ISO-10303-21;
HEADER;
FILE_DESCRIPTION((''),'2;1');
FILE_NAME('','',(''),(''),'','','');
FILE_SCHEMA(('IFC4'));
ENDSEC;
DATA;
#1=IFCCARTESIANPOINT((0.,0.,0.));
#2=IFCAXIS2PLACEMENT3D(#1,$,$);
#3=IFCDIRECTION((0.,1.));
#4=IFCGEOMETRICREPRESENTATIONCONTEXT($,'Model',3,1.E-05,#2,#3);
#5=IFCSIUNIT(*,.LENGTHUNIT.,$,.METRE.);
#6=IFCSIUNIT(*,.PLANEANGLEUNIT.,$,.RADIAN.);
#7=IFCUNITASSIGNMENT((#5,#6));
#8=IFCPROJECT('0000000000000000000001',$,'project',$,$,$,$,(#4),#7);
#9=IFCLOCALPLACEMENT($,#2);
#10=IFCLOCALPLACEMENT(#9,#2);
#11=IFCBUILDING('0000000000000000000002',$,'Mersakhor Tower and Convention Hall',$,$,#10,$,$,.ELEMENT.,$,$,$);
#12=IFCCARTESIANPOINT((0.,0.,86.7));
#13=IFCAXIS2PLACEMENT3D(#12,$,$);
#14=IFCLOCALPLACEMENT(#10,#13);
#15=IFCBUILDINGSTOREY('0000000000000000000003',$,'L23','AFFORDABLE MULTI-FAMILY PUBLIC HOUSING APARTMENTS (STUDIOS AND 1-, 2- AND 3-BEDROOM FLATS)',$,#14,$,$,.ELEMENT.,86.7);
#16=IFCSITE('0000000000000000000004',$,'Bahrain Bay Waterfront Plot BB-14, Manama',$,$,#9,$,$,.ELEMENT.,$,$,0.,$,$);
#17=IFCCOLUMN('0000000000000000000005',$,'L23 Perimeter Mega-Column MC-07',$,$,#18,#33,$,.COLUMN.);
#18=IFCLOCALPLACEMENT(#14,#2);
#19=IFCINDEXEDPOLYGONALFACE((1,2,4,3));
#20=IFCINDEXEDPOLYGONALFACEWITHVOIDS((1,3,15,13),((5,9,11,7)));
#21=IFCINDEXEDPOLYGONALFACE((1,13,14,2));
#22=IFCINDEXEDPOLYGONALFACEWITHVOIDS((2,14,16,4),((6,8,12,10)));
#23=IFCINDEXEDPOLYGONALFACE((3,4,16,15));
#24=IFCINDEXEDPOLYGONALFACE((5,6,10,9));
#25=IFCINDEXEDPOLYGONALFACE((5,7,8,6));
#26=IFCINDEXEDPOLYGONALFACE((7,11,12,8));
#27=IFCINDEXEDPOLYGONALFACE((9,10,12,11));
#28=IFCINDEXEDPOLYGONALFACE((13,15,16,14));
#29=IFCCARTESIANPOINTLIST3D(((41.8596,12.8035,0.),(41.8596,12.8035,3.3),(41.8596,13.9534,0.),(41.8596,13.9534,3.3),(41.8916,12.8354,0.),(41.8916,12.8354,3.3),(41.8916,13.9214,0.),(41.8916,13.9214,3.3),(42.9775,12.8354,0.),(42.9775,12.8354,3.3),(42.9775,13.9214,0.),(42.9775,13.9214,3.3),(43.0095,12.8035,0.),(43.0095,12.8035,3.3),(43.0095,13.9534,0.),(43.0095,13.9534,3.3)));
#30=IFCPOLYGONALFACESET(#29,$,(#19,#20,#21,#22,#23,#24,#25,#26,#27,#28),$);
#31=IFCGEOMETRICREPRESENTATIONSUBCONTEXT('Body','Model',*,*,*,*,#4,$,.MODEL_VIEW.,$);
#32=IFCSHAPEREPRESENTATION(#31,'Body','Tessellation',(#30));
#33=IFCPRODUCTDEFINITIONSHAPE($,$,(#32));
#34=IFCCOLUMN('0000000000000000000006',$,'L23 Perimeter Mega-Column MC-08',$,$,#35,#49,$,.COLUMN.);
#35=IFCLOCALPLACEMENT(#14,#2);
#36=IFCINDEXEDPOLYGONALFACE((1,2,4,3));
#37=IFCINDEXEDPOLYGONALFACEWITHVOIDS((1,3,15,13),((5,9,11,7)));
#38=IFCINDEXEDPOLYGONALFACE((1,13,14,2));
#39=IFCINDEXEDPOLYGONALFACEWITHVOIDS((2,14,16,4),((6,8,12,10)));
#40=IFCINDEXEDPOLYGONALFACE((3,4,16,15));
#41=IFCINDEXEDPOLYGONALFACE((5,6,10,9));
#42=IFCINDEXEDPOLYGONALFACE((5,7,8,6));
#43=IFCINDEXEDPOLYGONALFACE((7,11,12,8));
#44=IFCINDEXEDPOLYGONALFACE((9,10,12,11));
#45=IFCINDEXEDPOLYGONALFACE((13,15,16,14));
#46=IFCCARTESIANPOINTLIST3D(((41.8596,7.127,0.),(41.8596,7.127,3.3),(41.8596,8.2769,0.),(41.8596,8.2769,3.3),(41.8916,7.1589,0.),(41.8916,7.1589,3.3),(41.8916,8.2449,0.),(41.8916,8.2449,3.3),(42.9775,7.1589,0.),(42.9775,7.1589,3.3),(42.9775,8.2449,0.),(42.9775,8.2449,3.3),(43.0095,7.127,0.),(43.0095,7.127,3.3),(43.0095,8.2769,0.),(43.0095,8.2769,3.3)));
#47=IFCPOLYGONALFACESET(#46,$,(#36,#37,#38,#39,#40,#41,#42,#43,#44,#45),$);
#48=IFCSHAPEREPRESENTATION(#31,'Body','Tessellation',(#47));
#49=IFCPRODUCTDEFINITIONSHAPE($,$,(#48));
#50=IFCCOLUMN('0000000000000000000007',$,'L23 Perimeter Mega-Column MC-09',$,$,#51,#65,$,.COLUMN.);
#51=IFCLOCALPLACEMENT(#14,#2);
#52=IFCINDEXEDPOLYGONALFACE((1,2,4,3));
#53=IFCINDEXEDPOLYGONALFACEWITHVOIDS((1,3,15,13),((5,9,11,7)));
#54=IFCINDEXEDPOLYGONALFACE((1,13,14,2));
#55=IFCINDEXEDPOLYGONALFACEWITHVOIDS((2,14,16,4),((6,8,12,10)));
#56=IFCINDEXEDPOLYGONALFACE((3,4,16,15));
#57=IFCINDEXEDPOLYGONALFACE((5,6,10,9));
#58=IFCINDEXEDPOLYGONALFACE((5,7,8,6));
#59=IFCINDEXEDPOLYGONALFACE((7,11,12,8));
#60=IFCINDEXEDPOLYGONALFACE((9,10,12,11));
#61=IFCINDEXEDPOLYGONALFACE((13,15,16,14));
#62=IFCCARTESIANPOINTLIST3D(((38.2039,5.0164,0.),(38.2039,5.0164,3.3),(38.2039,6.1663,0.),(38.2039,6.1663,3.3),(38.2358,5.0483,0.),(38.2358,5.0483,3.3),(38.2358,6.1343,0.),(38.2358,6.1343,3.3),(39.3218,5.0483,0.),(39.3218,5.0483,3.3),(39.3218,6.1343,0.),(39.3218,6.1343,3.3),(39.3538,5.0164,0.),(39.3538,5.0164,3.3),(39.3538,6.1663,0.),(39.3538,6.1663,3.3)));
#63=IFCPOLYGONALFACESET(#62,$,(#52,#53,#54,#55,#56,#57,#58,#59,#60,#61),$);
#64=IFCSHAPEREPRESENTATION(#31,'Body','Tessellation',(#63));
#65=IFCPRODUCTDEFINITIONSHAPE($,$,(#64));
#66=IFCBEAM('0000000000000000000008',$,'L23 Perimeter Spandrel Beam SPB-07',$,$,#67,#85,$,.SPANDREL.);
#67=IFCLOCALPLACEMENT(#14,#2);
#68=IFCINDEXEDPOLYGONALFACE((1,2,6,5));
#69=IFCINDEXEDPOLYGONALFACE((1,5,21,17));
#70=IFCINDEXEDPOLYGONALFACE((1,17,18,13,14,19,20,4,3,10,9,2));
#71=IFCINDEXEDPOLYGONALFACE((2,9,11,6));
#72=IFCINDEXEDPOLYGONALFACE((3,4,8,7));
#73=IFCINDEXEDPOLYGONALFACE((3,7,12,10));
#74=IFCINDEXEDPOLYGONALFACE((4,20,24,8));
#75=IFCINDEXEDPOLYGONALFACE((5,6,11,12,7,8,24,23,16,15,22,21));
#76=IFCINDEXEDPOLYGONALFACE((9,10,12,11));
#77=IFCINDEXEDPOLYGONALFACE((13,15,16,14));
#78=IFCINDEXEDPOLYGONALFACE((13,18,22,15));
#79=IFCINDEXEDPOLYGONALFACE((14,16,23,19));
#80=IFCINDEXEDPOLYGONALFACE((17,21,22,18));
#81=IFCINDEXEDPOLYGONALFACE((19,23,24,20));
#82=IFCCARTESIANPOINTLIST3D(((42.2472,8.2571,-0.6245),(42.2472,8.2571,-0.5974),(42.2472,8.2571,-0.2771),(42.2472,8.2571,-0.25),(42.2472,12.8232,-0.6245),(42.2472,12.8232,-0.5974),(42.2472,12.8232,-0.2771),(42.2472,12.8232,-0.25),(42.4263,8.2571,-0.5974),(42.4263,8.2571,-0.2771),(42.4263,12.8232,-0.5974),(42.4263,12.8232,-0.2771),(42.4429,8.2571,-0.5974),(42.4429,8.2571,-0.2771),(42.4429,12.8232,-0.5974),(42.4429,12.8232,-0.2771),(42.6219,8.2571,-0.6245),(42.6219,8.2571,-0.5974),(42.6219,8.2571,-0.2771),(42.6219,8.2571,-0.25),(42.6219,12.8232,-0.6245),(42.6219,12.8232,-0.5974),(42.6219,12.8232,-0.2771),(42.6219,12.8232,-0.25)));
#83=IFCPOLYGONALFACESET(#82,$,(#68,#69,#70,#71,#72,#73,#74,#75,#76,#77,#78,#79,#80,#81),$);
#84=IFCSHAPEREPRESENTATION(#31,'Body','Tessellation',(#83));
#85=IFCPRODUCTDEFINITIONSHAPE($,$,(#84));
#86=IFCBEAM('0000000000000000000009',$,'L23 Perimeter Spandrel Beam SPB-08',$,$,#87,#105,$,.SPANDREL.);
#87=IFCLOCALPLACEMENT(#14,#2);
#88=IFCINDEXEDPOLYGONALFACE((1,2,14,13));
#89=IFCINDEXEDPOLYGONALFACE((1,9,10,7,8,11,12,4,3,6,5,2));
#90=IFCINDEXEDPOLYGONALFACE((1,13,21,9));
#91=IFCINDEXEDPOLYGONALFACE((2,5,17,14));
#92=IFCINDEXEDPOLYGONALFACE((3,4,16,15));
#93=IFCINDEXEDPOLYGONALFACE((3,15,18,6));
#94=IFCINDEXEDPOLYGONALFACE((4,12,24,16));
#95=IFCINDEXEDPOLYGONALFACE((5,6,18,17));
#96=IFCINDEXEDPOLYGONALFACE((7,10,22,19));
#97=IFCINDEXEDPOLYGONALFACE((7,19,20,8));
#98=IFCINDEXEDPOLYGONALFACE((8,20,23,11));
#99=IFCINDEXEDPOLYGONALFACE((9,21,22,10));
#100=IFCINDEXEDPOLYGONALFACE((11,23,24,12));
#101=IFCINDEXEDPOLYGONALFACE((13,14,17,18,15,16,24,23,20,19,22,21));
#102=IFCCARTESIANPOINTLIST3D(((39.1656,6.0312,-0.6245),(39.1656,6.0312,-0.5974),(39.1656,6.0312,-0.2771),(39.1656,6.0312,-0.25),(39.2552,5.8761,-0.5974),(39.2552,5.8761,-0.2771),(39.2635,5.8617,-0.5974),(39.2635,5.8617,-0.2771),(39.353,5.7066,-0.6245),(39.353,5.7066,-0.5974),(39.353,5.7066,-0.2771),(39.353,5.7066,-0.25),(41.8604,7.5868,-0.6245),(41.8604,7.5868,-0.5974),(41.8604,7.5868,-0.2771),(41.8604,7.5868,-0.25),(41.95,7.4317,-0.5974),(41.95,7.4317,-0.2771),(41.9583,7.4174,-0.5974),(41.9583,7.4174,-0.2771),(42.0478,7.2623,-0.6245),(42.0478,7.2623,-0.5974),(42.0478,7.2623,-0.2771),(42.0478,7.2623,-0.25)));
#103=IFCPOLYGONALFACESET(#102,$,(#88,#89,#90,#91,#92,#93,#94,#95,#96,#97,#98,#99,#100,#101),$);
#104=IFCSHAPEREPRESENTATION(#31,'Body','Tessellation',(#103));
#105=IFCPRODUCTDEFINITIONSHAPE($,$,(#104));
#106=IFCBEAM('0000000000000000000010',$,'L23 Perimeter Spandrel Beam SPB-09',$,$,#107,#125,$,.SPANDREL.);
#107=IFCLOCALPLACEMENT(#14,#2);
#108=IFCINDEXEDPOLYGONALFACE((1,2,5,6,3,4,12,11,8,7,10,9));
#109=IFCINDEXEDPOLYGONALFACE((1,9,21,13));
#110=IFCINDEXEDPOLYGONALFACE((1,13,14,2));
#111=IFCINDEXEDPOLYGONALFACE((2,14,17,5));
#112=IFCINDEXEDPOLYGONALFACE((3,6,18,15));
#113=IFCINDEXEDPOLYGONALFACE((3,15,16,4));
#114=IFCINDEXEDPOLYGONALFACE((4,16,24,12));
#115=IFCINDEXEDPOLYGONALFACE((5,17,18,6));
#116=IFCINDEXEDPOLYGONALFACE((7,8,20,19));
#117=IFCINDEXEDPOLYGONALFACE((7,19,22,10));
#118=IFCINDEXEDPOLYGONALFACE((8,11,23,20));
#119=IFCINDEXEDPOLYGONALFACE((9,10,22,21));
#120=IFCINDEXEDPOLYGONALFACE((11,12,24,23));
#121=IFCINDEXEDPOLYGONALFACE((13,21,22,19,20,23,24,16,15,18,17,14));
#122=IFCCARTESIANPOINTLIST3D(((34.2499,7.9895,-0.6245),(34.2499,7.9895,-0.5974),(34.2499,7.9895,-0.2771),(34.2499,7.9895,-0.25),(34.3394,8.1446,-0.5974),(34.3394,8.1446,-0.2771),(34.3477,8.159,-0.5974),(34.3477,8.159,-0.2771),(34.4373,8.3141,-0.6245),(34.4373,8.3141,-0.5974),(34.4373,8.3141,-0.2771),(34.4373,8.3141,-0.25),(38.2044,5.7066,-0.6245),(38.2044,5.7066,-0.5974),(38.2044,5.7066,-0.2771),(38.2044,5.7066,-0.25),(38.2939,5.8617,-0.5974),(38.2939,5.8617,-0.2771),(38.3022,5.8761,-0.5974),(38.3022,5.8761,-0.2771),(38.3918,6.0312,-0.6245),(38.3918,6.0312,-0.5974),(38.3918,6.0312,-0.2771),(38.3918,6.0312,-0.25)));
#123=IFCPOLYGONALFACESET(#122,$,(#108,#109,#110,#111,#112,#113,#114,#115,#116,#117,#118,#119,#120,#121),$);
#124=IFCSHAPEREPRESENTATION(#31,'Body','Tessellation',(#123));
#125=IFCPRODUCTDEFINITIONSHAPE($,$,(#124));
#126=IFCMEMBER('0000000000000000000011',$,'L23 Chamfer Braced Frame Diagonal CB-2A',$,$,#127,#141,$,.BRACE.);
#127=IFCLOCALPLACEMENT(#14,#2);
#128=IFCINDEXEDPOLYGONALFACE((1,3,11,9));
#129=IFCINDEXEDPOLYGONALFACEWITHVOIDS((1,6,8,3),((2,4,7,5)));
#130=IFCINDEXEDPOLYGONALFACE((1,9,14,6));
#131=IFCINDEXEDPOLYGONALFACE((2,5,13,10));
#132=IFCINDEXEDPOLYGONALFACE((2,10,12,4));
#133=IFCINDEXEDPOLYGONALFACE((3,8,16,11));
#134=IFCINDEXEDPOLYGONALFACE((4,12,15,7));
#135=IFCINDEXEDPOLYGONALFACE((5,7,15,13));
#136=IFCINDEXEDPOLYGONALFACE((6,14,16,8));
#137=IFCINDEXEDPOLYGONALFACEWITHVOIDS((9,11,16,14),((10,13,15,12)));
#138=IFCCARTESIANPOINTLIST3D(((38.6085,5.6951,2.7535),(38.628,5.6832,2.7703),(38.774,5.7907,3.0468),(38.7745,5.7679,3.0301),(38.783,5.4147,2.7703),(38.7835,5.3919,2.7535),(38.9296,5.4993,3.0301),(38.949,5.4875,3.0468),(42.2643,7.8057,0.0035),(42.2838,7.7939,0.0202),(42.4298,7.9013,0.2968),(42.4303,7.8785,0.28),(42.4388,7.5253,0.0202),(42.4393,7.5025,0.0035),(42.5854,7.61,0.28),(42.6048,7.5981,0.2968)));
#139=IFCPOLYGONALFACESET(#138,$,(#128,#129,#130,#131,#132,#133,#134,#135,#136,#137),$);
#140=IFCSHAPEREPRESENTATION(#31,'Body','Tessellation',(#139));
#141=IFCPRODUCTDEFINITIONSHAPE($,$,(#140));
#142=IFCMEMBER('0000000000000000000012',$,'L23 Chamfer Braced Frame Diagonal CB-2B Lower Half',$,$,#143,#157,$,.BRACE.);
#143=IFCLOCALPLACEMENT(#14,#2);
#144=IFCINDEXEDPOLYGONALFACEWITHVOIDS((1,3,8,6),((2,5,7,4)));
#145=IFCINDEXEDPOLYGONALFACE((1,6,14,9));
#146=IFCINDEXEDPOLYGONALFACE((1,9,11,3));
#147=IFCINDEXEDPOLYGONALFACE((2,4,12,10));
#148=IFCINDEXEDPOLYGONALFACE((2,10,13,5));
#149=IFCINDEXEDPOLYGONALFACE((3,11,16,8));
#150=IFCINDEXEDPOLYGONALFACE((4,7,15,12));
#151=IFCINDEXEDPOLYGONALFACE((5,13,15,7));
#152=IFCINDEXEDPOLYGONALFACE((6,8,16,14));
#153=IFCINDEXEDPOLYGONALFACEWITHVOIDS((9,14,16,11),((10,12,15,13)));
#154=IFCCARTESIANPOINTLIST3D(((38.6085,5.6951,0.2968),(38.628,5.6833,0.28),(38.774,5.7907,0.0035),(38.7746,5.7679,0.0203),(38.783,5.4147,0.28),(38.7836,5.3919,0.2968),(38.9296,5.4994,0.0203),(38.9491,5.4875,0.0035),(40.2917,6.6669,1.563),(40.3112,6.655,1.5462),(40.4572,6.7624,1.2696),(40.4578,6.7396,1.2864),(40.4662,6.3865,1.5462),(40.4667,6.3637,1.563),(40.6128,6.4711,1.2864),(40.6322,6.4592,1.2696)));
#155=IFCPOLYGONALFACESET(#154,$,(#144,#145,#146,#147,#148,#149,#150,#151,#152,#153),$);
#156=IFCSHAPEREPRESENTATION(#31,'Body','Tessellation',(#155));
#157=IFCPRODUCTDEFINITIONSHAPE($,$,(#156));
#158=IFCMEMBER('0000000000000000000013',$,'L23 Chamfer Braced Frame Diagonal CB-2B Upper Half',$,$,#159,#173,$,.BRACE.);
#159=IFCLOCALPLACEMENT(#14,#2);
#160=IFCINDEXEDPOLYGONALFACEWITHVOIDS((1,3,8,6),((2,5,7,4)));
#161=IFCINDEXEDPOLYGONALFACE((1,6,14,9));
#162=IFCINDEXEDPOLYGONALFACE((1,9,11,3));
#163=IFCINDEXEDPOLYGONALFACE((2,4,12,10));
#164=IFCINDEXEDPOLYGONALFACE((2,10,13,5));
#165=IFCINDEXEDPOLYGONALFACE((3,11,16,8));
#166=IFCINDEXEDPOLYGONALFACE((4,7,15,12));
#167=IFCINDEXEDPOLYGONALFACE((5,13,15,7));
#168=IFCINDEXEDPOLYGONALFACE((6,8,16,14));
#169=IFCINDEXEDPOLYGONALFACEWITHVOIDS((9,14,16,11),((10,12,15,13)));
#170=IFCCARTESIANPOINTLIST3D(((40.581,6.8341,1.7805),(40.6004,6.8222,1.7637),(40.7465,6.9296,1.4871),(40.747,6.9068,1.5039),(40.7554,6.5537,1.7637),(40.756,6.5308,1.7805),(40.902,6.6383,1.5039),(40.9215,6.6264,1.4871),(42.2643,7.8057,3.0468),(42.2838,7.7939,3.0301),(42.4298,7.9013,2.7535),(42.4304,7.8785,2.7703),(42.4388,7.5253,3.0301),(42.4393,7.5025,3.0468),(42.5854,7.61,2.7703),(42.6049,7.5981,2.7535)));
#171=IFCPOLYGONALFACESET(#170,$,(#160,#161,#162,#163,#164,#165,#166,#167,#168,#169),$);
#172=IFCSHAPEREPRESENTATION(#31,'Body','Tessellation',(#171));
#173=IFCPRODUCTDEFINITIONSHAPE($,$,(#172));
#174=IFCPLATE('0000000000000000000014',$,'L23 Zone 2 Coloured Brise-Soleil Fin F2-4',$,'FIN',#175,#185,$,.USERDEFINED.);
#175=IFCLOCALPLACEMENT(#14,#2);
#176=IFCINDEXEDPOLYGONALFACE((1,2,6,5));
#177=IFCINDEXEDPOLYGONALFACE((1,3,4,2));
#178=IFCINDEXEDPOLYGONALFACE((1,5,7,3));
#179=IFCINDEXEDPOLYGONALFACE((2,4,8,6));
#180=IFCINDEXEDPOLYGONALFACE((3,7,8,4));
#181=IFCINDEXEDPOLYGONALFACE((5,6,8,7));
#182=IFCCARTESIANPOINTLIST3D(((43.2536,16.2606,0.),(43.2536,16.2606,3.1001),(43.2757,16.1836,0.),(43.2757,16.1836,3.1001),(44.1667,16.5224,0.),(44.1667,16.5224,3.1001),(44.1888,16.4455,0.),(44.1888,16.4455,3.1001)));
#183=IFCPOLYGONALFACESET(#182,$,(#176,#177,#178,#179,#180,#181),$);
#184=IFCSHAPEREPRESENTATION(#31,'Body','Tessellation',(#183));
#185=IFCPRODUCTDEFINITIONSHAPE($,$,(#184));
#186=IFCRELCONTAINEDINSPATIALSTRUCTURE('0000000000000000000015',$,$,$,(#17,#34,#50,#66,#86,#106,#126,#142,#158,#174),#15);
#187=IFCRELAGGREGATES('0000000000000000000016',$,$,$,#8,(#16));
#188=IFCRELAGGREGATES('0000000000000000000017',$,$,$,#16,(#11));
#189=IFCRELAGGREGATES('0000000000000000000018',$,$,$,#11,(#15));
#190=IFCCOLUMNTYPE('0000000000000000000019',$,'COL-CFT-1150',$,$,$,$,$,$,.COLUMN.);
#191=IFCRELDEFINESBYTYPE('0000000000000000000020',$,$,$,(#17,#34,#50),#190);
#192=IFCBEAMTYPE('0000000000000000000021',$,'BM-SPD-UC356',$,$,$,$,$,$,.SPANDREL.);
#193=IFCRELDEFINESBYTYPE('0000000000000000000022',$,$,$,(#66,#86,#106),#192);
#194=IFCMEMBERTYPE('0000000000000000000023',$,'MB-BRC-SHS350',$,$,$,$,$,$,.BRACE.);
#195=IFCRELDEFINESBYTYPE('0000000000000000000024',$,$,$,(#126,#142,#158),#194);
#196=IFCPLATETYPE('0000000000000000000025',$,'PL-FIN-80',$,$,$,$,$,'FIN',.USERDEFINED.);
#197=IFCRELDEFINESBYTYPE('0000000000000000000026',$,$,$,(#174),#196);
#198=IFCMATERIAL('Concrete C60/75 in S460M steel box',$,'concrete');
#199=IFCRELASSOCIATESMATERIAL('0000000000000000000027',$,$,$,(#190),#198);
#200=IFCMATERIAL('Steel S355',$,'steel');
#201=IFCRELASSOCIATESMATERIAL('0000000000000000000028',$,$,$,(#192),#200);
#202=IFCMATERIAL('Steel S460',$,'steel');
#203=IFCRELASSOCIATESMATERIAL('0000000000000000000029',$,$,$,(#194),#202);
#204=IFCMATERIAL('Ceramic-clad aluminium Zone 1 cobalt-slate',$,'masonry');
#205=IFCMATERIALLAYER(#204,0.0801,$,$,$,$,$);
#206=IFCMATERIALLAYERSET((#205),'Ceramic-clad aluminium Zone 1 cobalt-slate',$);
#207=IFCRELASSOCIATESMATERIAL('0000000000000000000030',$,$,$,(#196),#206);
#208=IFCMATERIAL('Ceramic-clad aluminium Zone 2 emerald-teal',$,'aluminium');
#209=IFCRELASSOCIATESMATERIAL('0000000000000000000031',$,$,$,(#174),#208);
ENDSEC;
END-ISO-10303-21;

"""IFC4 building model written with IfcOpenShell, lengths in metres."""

from ifc_helpers import new_model, si_unit, direction, frame, origin, origin_2d, place, context, subcontext, project, spatial, rectangle, hollow_rectangle, i_section, extrude, material, layer, layer_set, material_profile, profile_set, type_object, element, save


model = new_model("IFC4")

# Units and contexts
model_context = context("Model", 3, precision=1e-05, world=origin(), true_north=direction((0.0, 1.0)))
body_context = subcontext(model_context, "Body", "Model", "MODEL_VIEW")
ifc_project = project(units=[si_unit("LENGTHUNIT", "METRE"), si_unit("PLANEANGLEUNIT", "RADIAN")], contexts=[model_context])

# Site, building, storey
site_placement = place(None, origin())
site = spatial("IfcSite", under=ifc_project, at=site_placement, Name="Bahrain Bay Waterfront Plot BB-14, Manama", CompositionType="ELEMENT", RefElevation=0.0)
building_placement = place(site_placement, origin())
building = spatial("IfcBuilding", under=site, at=building_placement, Name="Mersakhor Tower and Convention Hall", CompositionType="ELEMENT")
storey_placement = place(building_placement, frame((0.0, 0.0, 86.7)))
storey = spatial("IfcBuildingStorey", under=building, at=storey_placement, Name="L23", Description="AFFORDABLE MULTI-FAMILY PUBLIC HOUSING APARTMENTS (STUDIOS AND 1-, 2- AND 3-BEDROOM FLATS)", CompositionType="ELEMENT", Elevation=86.7)

# Columns
ifc_material_1 = material(Name="Concrete C60/75 in S460M steel box", Category="concrete")
ifc_material_profile_1 = material_profile(ifc_material_1, hollow_rectangle(XDim=1.1499, YDim=1.1499, WallThickness=0.032, at=origin_2d()), Name="SHS 1150x1150x32")
ifc_profile_set_1 = profile_set([ifc_material_profile_1], Name="Concrete C60/75 in S460M steel box")
column_type = type_object("IfcColumnType", Name="COL-CFT-1150", PredefinedType="COLUMN", material=ifc_profile_set_1)
for number, where, z_axis, x_axis, name in (
    (1, (42.4346, 13.3784, 0.0), (0.0, 0.0, 1.0), (1.0, 0.0, 0.0), "L23 Perimeter Mega-Column MC-07"),
    (2, (42.4346, 7.7019, 0.0), (0.0, 0.0, 1.0), (1.0, 0.0, 0.0), "L23 Perimeter Mega-Column MC-08"),
    (3, (38.7788, 5.5913, 0.0), (0.0, 0.0, 1.0), (1.0, 0.0, 0.0), "L23 Perimeter Mega-Column MC-09"),
):
    element("IfcColumn", number, at=place(storey_placement, frame(where, z_axis=z_axis, x_axis=x_axis)), inside=storey, type_object=column_type, Name=name, PredefinedType="COLUMN", context=body_context, shape_type="SweptSolid", body=[
        extrude(hollow_rectangle(XDim=1.1499, YDim=1.1499, WallThickness=0.032, at=origin_2d()), origin(), (0.0, 0.0, 1.0), 3.3),
    ])

# Beams
ifc_material_2 = material(Name="Steel S355", Category="steel")
ifc_material_profile_2 = material_profile(ifc_material_2, i_section(OverallWidth=0.3748, OverallDepth=0.3745, WebThickness=0.0166, FlangeThickness=0.0271, at=origin_2d()), Name="UC 356x368x202")
ifc_profile_set_2 = profile_set([ifc_material_profile_2], Name="Steel S355")
beam_type = type_object("IfcBeamType", Name="BM-SPD-UC356", PredefinedType="SPANDREL", material=ifc_profile_set_2)
beam_1_placement = place(storey_placement, frame((42.4346, 12.8232, -0.4373), z_axis=(0.0, -1.0, 0.0), x_axis=(1.0, 0.0, 0.0)))
element("IfcBeam", 4, at=beam_1_placement, inside=storey, type_object=beam_type, Name="L23 Perimeter Spandrel Beam SPB-07", PredefinedType="SPANDREL", context=body_context, shape_type="SweptSolid", body=[
    extrude(i_section(OverallWidth=0.3748, OverallDepth=0.3745, WebThickness=0.0166, FlangeThickness=0.0271, at=origin_2d()), origin(), (0.0, 0.0, 1.0), 4.5662),
])
beam_2_placement = place(storey_placement, frame((41.9541, 7.4246, -0.4373), z_axis=(-0.866052, -0.499953, 0.0), x_axis=(0.499953, -0.866052, 0.0)))
element("IfcBeam", 5, at=beam_2_placement, inside=storey, type_object=beam_type, Name="L23 Perimeter Spandrel Beam SPB-08", PredefinedType="SPANDREL", context=body_context, shape_type="SweptSolid", body=[
    extrude(i_section(OverallWidth=0.3748, OverallDepth=0.3745, WebThickness=0.0166, FlangeThickness=0.0271, at=origin_2d()), origin(), (0.0, 0.0, 1.0), 3.1116),
])
beam_3_placement = place(storey_placement, frame((38.2981, 5.8689, -0.4373), z_axis=(-0.866047, 0.499963, 0.0), x_axis=(-0.499963, -0.866047, 0.0)))
element("IfcBeam", 6, at=beam_3_placement, inside=storey, type_object=beam_type, Name="L23 Perimeter Spandrel Beam SPB-09", PredefinedType="SPANDREL", context=body_context, shape_type="SweptSolid", body=[
    extrude(i_section(OverallWidth=0.3748, OverallDepth=0.3745, WebThickness=0.0166, FlangeThickness=0.0271, at=origin_2d()), origin(), (0.0, 0.0, 1.0), 4.5662),
])

# Members
ifc_material_3 = material(Name="Steel S460", Category="steel")
ifc_material_profile_3 = material_profile(ifc_material_3, hollow_rectangle(XDim=0.3501, YDim=0.3501, WallThickness=0.02, at=origin_2d()), Name="SHS 350x350x20")
ifc_profile_set_3 = profile_set([ifc_material_profile_3], Name="Steel S460")
member_type = type_object("IfcMemberType", Name="MB-BRC-SHS350", PredefinedType="BRACE", material=ifc_profile_set_3)
member_1_placement = place(storey_placement, frame((42.4346, 7.7019, 0.1501), z_axis=(-0.725634, -0.418933, 0.545849), x_axis=(0.499989, -0.866031, 0.0)))
element("IfcMember", 7, at=member_1_placement, inside=storey, type_object=member_type, Name="L23 Chamfer Braced Frame Diagonal CB-2A", PredefinedType="BRACE", context=body_context, shape_type="SweptSolid", body=[
    extrude(hollow_rectangle(XDim=0.3501, YDim=0.3501, WallThickness=0.02, at=origin_2d()), origin(), (0.0, 0.0, 1.0), 5.0381),
])
member_2_placement = place(storey_placement, frame((38.7788, 5.5913, 0.1501), z_axis=(0.725635, 0.418919, 0.545858), x_axis=(-0.499976, 0.866039, 0.0)))
element("IfcMember", 8, at=member_2_placement, inside=storey, type_object=member_type, Name="L23 Chamfer Braced Frame Diagonal CB-2B Lower Half", PredefinedType="BRACE", context=body_context, shape_type="SweptSolid", body=[
    extrude(hollow_rectangle(XDim=0.3501, YDim=0.3501, WallThickness=0.02, at=origin_2d()), origin(), (0.0, 0.0, 1.0), 2.3196),
])
member_3_placement = place(storey_placement, frame((40.7512, 6.7302, 1.6338), z_axis=(0.725643, 0.418863, 0.54589), x_axis=(-0.499922, 0.866071, 0.0)))
element("IfcMember", 9, at=member_3_placement, inside=storey, type_object=member_type, Name="L23 Chamfer Braced Frame Diagonal CB-2B Upper Half", PredefinedType="BRACE", context=body_context, shape_type="SweptSolid", body=[
    extrude(hollow_rectangle(XDim=0.3501, YDim=0.3501, WallThickness=0.02, at=origin_2d()), origin(), (0.0, 0.0, 1.0), 2.3198),
])

# Plate
ifc_material_4 = material(Name="Ceramic-clad aluminium Zone 2 emerald-teal", Category="aluminium")
ifc_material_5 = material(Name="Ceramic-clad aluminium Zone 1 cobalt-slate", Category="masonry")
ifc_layer_1 = layer(ifc_material_5, 0.0801)
ifc_layer_set_1 = layer_set([ifc_layer_1], Name="Ceramic-clad aluminium Zone 1 cobalt-slate")
plate_type_1 = type_object("IfcPlateType", Name="PL-FIN-80", ElementType="FIN", PredefinedType="USERDEFINED", material=ifc_layer_set_1)
plate_1_placement = place(storey_placement, frame((43.7212, 16.353, 0.0), z_axis=(0.0, 0.0, 1.0), x_axis=(0.961262, 0.275637, 0.0)))
element("IfcPlate", 10, at=plate_1_placement, inside=storey, type_object=plate_type_1, material=ifc_material_4, Name="L23 Zone 2 Coloured Brise-Soleil Fin F2-4", ObjectType="FIN", PredefinedType="USERDEFINED", context=body_context, shape_type="SweptSolid", body=[
    extrude(rectangle(XDim=0.95, YDim=0.0801, at=origin_2d()), origin(), (0.0, 0.0, 1.0), 3.1001),
])

save(model, "model.ifc")
